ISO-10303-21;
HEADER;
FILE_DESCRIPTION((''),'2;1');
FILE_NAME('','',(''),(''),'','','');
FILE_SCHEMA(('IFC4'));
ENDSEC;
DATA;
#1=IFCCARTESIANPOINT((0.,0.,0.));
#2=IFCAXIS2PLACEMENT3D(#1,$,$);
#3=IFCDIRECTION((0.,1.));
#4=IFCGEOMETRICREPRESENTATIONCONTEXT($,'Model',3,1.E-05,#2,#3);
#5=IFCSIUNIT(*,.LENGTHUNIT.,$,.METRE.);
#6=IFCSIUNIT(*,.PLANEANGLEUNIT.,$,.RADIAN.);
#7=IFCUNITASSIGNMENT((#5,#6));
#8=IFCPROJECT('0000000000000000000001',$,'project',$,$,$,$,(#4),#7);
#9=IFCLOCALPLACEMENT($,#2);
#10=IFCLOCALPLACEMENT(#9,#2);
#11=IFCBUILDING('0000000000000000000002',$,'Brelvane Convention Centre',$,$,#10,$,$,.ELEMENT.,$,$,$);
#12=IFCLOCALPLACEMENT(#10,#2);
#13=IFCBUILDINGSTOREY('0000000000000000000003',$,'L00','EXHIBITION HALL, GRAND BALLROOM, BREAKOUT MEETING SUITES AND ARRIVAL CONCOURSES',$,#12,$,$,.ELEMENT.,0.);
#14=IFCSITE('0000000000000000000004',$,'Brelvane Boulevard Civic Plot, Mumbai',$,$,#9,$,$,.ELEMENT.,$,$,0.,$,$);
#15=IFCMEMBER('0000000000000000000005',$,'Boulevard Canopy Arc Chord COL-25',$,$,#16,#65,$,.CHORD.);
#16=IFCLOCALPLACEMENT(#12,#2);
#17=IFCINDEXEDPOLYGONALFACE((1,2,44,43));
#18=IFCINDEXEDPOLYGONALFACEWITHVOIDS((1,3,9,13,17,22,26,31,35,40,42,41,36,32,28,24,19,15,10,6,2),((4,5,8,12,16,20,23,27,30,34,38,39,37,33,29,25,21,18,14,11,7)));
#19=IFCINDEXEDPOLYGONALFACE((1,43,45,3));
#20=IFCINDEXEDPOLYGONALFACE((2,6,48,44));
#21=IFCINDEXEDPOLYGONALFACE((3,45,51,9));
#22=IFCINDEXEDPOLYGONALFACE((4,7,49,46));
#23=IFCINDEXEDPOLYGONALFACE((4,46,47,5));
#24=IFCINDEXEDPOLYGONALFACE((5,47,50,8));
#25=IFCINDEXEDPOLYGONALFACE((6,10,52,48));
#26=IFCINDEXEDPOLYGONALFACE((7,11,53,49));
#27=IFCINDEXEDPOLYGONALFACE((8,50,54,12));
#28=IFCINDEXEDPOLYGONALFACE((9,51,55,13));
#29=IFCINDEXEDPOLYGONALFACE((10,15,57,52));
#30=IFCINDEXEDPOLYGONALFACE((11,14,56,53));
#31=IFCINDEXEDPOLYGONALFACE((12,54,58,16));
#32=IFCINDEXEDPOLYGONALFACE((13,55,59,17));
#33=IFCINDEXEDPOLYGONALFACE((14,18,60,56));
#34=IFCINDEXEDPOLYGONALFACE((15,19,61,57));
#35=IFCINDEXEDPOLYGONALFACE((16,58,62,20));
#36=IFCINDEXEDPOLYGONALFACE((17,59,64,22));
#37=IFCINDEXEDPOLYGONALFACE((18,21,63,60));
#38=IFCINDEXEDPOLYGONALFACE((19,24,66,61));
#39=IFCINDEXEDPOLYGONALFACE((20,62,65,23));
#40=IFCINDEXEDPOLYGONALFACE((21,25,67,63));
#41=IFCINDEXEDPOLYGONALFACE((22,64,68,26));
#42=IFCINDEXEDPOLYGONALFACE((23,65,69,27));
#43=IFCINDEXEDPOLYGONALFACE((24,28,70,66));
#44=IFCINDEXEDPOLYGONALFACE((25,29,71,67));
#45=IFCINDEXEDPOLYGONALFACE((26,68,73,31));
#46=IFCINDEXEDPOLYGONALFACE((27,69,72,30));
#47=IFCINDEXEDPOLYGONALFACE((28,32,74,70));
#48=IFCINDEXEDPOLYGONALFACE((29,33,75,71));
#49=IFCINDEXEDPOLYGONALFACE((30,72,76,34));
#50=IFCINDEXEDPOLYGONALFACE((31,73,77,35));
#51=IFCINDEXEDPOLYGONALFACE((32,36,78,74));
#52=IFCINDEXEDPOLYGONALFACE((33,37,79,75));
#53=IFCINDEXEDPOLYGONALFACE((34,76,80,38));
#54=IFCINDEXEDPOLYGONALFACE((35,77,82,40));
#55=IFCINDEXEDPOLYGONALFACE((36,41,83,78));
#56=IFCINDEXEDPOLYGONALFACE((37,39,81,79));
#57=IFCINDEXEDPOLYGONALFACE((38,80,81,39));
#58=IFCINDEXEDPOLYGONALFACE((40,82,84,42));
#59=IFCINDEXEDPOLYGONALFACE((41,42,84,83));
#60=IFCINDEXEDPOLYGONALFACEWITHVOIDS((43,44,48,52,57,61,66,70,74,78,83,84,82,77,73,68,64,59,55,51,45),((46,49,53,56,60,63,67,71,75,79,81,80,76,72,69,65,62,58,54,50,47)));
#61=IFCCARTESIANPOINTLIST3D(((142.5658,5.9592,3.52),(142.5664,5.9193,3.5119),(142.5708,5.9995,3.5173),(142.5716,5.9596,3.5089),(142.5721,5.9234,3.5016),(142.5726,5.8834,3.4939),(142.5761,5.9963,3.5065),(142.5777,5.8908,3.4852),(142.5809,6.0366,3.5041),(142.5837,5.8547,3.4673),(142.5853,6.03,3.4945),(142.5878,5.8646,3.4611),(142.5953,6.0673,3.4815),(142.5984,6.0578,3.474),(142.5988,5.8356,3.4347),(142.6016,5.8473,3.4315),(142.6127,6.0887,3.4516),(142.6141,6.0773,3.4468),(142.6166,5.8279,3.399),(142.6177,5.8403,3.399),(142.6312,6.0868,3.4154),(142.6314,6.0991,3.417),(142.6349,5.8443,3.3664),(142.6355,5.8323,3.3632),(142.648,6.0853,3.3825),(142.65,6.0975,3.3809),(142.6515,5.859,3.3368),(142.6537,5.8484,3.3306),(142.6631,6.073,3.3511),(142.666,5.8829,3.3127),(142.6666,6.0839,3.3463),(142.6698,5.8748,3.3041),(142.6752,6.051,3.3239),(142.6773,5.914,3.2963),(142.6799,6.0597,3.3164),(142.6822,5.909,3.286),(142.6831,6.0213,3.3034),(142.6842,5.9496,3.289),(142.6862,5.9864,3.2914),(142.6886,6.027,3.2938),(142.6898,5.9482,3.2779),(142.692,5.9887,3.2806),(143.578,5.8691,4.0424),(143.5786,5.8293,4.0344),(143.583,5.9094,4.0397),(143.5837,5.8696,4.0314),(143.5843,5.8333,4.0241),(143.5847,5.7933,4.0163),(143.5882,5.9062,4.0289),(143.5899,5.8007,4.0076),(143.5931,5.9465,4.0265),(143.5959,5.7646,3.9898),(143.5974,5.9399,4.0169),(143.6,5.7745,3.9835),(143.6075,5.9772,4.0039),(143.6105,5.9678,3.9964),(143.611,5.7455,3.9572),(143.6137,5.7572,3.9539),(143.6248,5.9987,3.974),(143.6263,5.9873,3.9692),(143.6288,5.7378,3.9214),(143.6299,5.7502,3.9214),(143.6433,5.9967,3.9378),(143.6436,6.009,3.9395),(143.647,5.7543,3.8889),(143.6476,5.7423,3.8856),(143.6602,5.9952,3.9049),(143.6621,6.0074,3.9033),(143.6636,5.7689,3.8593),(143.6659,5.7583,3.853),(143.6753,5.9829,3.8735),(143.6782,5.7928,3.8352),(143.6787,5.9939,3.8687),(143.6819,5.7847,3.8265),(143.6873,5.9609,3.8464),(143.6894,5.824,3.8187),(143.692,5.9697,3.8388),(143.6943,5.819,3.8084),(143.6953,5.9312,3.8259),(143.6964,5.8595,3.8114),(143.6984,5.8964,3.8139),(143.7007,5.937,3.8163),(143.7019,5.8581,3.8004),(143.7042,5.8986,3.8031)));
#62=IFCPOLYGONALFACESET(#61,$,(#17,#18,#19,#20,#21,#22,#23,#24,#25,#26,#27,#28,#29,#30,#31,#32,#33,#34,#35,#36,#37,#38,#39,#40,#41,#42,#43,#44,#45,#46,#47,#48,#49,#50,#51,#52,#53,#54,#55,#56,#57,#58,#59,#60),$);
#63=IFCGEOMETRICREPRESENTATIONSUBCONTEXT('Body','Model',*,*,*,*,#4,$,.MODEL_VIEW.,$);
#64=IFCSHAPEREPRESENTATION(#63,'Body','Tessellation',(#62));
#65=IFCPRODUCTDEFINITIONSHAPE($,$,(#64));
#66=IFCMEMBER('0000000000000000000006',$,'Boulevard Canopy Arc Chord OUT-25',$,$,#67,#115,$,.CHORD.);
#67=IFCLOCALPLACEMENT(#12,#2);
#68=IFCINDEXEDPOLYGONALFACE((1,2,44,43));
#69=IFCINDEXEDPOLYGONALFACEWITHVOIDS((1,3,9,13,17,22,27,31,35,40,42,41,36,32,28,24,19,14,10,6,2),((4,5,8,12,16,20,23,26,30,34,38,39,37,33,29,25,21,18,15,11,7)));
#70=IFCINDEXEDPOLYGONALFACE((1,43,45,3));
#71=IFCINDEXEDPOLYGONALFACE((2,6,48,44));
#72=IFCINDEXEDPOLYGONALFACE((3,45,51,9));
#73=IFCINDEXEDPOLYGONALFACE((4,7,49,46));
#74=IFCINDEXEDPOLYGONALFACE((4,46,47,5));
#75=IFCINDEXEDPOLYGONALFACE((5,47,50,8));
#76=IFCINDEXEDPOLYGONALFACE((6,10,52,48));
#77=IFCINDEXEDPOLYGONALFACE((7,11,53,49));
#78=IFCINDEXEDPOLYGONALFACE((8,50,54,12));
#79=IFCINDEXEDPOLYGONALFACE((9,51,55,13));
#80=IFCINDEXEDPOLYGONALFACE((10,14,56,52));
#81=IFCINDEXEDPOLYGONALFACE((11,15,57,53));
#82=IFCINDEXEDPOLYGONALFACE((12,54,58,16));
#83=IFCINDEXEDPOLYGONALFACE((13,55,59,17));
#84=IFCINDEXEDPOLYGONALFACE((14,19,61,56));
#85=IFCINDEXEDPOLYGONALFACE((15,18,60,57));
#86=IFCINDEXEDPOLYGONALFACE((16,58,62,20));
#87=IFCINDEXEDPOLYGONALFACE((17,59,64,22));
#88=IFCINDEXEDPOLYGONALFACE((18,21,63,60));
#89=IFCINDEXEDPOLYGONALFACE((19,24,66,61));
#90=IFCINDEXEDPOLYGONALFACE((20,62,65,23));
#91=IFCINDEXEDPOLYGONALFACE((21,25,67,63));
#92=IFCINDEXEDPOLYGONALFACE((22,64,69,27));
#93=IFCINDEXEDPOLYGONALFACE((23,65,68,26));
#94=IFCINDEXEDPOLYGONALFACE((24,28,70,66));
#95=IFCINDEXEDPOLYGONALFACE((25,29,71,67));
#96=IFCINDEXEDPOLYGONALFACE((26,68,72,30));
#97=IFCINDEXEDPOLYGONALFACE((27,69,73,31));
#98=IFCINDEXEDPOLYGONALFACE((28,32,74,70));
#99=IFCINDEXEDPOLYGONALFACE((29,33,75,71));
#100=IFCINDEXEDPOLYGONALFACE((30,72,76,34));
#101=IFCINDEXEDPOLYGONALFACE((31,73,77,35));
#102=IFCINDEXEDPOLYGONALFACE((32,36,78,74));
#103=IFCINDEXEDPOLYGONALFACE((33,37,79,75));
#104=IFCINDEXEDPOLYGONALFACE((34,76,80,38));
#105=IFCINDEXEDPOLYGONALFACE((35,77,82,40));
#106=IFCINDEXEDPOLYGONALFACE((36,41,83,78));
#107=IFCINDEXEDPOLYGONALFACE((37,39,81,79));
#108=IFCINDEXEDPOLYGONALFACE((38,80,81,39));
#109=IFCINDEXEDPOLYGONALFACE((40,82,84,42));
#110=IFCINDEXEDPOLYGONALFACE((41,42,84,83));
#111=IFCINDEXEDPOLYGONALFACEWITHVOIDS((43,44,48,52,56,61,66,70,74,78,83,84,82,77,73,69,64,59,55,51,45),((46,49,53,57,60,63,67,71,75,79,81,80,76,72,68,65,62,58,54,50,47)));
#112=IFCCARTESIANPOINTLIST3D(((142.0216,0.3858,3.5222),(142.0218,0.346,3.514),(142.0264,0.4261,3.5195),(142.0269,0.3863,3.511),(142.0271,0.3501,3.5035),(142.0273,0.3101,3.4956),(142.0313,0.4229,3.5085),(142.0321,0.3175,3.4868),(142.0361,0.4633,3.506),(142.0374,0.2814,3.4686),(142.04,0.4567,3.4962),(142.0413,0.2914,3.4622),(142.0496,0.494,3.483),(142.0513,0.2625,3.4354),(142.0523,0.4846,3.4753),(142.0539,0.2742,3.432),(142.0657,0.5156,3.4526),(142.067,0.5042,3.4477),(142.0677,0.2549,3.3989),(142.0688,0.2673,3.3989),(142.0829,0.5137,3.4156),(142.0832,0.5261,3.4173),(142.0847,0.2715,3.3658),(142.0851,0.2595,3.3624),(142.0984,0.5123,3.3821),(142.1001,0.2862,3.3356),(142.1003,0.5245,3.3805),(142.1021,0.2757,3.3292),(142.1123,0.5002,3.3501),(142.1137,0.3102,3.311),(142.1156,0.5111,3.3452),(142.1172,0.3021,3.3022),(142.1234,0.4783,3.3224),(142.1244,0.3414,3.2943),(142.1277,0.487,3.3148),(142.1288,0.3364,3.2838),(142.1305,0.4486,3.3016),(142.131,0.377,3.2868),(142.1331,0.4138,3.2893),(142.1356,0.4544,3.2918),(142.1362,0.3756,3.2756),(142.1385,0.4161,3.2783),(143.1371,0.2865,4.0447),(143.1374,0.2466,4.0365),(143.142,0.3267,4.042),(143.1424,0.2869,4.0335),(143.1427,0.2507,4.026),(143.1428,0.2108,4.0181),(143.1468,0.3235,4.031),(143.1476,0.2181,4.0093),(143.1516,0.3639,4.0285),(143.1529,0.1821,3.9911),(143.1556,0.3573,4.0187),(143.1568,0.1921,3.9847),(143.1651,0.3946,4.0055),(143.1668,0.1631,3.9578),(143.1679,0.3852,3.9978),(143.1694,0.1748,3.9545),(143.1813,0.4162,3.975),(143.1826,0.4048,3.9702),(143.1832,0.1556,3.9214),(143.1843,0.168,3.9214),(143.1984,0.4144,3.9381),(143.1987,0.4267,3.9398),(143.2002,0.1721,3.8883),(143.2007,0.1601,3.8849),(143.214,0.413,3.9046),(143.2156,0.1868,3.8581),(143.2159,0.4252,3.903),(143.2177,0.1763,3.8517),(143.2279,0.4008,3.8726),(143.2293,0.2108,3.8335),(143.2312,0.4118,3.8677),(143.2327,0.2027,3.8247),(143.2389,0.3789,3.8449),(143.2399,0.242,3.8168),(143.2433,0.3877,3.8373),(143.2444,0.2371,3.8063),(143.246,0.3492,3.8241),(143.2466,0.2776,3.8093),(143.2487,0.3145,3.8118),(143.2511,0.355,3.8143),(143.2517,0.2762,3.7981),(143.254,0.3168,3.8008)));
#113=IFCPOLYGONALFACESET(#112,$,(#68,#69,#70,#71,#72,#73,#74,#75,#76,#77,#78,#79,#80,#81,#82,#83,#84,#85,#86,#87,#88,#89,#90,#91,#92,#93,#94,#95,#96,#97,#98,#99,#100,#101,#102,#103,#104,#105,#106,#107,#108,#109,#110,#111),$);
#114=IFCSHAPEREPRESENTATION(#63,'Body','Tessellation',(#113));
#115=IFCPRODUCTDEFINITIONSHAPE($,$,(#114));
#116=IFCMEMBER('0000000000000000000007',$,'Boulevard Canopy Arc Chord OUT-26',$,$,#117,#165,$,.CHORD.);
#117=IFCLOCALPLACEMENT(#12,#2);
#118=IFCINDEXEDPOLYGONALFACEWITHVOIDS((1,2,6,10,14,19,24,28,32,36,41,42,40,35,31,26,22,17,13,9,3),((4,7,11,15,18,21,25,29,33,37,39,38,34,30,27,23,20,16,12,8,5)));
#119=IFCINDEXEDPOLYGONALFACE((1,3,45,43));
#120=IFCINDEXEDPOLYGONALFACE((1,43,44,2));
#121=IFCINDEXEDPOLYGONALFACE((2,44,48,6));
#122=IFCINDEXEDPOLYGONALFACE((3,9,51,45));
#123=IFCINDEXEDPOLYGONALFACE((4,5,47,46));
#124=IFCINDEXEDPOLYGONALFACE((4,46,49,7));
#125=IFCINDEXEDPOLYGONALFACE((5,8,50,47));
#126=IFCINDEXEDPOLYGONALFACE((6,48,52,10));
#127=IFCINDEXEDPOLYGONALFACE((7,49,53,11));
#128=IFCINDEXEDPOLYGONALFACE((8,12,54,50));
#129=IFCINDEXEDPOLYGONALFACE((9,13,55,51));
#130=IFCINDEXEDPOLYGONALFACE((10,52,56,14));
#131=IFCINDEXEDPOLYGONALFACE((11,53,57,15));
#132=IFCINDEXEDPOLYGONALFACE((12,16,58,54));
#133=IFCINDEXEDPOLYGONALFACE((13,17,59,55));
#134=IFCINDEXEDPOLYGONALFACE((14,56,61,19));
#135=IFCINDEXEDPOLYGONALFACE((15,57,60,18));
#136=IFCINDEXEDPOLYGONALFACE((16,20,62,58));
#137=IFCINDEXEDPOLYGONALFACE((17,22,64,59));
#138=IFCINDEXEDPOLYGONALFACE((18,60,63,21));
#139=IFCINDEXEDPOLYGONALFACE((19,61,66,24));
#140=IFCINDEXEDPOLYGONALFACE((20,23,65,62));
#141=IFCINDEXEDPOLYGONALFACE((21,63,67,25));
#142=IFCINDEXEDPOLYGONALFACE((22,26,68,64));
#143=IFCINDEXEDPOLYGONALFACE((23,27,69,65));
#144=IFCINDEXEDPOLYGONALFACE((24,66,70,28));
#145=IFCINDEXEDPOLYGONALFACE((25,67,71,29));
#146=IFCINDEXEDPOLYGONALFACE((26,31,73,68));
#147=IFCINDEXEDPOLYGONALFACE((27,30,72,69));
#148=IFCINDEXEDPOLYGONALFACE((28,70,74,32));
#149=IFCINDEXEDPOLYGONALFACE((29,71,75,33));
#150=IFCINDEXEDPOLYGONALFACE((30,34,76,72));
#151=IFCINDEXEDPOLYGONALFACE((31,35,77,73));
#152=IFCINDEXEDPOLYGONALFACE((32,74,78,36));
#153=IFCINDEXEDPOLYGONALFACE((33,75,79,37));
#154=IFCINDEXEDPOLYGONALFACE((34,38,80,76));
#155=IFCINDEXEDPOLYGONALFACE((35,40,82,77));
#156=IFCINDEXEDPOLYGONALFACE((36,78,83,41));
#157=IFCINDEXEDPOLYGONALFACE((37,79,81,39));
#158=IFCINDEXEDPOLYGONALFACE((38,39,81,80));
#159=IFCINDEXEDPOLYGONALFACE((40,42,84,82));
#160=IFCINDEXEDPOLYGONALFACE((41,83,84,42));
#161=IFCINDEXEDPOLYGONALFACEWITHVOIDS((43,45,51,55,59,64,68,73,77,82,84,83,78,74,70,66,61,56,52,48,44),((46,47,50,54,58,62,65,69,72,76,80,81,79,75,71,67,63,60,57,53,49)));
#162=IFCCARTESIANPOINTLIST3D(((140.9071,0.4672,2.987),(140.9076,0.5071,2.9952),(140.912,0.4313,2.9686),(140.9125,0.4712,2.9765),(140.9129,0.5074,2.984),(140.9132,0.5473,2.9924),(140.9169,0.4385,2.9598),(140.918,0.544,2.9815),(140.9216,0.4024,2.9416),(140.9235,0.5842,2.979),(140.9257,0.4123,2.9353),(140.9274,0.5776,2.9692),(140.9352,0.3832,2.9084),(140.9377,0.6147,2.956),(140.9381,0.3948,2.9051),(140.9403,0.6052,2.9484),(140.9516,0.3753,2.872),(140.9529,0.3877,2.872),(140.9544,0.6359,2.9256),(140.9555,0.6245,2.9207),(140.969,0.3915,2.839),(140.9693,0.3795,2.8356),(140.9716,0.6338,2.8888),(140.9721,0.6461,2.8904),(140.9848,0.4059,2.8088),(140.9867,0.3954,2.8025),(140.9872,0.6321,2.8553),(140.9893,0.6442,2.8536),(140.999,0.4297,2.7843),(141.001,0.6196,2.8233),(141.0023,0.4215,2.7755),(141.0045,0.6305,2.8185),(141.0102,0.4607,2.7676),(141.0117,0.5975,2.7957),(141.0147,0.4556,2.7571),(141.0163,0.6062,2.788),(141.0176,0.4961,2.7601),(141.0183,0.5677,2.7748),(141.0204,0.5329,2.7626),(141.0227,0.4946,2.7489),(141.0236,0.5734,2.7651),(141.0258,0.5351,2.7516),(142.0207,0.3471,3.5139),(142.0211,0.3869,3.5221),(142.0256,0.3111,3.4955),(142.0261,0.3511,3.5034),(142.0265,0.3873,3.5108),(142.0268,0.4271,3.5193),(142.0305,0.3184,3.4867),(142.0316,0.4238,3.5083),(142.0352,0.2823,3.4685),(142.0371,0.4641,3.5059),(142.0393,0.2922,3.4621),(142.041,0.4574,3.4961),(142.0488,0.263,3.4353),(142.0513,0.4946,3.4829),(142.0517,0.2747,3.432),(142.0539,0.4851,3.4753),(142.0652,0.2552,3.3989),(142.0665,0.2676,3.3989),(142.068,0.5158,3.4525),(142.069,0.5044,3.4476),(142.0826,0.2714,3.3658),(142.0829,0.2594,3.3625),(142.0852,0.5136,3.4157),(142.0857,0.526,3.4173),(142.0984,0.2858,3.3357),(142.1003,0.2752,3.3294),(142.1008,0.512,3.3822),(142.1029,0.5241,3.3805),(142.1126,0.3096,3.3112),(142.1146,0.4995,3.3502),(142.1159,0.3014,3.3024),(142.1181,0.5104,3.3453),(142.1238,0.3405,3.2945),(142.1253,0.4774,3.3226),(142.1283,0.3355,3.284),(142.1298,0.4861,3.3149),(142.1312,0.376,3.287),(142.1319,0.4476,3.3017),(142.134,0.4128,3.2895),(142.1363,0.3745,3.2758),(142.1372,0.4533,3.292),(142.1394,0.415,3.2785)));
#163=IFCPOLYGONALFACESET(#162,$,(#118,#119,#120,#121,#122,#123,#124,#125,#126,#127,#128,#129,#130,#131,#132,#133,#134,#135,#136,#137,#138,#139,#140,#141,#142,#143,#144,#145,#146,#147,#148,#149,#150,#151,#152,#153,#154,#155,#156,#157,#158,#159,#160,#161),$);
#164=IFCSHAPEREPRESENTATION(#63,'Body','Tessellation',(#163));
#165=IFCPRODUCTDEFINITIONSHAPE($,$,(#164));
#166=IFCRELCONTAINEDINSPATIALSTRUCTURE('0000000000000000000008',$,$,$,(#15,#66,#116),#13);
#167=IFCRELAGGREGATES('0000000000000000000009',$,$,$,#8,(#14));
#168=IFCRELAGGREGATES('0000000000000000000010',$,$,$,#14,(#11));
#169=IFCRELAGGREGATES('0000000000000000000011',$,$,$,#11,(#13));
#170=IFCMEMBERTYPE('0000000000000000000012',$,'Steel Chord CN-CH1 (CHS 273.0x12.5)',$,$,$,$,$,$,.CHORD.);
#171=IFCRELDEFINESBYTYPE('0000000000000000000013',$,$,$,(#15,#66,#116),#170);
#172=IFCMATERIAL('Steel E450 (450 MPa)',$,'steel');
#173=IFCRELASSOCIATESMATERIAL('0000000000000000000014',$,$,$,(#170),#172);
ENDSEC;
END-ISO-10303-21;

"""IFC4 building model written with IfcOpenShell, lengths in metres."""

from ifc_helpers import new_model, si_unit, direction, frame, origin, origin_2d, place, context, subcontext, project, spatial, hollow_circle, extrude, material, material_profile, profile_set, type_object, element, save


model = new_model("IFC4")

# Units and contexts
model_context = context("Model", 3, precision=1e-05, world=origin(), true_north=direction((0.0, 1.0)))
body_context = subcontext(model_context, "Body", "Model", "MODEL_VIEW")
ifc_project = project(units=[si_unit("LENGTHUNIT", "METRE"), si_unit("PLANEANGLEUNIT", "RADIAN")], contexts=[model_context])

# Site, building, storey
site_placement = place(None, origin())
site = spatial("IfcSite", under=ifc_project, at=site_placement, Name="Brelvane Boulevard Civic Plot, Mumbai", CompositionType="ELEMENT", RefElevation=0.0)
building_placement = place(site_placement, origin())
building = spatial("IfcBuilding", under=site, at=building_placement, Name="Brelvane Convention Centre", CompositionType="ELEMENT")
storey_placement = place(building_placement, origin())
storey = spatial("IfcBuildingStorey", under=building, at=storey_placement, Name="L00", Description="EXHIBITION HALL, GRAND BALLROOM, BREAKOUT MEETING SUITES AND ARRIVAL CONCOURSES", CompositionType="ELEMENT", Elevation=0.0)

# Members
ifc_material_1 = material(Name="Steel E450 (450 MPa)", Category="steel")
ifc_material_profile_1 = material_profile(ifc_material_1, hollow_circle(Radius=0.1365, WallThickness=0.0125, at=origin_2d()), Name="CHS 273.0x12.5")
ifc_profile_set_1 = profile_set([ifc_material_profile_1], Name="Steel E450 (450 MPa)")
member_type_1 = type_object("IfcMemberType", Name="Steel Chord CN-CH1 (CHS 273.0x12.5)", PredefinedType="CHORD", material=ifc_profile_set_1)
member_1_placement = place(storey_placement, frame((143.6409, 5.8738, 3.9214), z_axis=(-0.885843, 0.078841, -0.457237), x_axis=(-0.088651, -0.996063, 0.0)))
element("IfcMember", 1, at=member_1_placement, inside=storey, type_object=member_type_1, Name="Boulevard Canopy Arc Chord COL-25", PredefinedType="CHORD", context=body_context, shape_type="SweptSolid", body=[
    extrude(hollow_circle(Radius=0.1365, WallThickness=0.0125, at=origin_2d()), origin(), (0.0, 0.0, 1.0), 1.1426),
])
member_2_placement = place(storey_placement, frame((143.1953, 0.2915, 3.9214), z_axis=(-0.902658, 0.080407, -0.422781), x_axis=(-0.088727, -0.996056, 0.0)))
element("IfcMember", 2, at=member_2_placement, inside=storey, type_object=member_type_1, Name="Boulevard Canopy Arc Chord OUT-25", PredefinedType="CHORD", context=body_context, shape_type="SweptSolid", body=[
    extrude(hollow_circle(Radius=0.1365, WallThickness=0.0125, at=origin_2d()), origin(), (0.0, 0.0, 1.0), 1.2358),
])
member_3_placement = place(storey_placement, frame((142.0798, 0.3909, 3.3989), z_axis=(-0.899661, 0.097047, -0.425667), x_axis=(-0.107249, -0.994232, 0.0)))
element("IfcMember", 3, at=member_3_placement, inside=storey, type_object=member_type_1, Name="Boulevard Canopy Arc Chord OUT-26", PredefinedType="CHORD", context=body_context, shape_type="SweptSolid", body=[
    extrude(hollow_circle(Radius=0.1365, WallThickness=0.0125, at=origin_2d()), origin(), (0.0, 0.0, 1.0), 1.2378),
])

save(model, "model.ifc")
